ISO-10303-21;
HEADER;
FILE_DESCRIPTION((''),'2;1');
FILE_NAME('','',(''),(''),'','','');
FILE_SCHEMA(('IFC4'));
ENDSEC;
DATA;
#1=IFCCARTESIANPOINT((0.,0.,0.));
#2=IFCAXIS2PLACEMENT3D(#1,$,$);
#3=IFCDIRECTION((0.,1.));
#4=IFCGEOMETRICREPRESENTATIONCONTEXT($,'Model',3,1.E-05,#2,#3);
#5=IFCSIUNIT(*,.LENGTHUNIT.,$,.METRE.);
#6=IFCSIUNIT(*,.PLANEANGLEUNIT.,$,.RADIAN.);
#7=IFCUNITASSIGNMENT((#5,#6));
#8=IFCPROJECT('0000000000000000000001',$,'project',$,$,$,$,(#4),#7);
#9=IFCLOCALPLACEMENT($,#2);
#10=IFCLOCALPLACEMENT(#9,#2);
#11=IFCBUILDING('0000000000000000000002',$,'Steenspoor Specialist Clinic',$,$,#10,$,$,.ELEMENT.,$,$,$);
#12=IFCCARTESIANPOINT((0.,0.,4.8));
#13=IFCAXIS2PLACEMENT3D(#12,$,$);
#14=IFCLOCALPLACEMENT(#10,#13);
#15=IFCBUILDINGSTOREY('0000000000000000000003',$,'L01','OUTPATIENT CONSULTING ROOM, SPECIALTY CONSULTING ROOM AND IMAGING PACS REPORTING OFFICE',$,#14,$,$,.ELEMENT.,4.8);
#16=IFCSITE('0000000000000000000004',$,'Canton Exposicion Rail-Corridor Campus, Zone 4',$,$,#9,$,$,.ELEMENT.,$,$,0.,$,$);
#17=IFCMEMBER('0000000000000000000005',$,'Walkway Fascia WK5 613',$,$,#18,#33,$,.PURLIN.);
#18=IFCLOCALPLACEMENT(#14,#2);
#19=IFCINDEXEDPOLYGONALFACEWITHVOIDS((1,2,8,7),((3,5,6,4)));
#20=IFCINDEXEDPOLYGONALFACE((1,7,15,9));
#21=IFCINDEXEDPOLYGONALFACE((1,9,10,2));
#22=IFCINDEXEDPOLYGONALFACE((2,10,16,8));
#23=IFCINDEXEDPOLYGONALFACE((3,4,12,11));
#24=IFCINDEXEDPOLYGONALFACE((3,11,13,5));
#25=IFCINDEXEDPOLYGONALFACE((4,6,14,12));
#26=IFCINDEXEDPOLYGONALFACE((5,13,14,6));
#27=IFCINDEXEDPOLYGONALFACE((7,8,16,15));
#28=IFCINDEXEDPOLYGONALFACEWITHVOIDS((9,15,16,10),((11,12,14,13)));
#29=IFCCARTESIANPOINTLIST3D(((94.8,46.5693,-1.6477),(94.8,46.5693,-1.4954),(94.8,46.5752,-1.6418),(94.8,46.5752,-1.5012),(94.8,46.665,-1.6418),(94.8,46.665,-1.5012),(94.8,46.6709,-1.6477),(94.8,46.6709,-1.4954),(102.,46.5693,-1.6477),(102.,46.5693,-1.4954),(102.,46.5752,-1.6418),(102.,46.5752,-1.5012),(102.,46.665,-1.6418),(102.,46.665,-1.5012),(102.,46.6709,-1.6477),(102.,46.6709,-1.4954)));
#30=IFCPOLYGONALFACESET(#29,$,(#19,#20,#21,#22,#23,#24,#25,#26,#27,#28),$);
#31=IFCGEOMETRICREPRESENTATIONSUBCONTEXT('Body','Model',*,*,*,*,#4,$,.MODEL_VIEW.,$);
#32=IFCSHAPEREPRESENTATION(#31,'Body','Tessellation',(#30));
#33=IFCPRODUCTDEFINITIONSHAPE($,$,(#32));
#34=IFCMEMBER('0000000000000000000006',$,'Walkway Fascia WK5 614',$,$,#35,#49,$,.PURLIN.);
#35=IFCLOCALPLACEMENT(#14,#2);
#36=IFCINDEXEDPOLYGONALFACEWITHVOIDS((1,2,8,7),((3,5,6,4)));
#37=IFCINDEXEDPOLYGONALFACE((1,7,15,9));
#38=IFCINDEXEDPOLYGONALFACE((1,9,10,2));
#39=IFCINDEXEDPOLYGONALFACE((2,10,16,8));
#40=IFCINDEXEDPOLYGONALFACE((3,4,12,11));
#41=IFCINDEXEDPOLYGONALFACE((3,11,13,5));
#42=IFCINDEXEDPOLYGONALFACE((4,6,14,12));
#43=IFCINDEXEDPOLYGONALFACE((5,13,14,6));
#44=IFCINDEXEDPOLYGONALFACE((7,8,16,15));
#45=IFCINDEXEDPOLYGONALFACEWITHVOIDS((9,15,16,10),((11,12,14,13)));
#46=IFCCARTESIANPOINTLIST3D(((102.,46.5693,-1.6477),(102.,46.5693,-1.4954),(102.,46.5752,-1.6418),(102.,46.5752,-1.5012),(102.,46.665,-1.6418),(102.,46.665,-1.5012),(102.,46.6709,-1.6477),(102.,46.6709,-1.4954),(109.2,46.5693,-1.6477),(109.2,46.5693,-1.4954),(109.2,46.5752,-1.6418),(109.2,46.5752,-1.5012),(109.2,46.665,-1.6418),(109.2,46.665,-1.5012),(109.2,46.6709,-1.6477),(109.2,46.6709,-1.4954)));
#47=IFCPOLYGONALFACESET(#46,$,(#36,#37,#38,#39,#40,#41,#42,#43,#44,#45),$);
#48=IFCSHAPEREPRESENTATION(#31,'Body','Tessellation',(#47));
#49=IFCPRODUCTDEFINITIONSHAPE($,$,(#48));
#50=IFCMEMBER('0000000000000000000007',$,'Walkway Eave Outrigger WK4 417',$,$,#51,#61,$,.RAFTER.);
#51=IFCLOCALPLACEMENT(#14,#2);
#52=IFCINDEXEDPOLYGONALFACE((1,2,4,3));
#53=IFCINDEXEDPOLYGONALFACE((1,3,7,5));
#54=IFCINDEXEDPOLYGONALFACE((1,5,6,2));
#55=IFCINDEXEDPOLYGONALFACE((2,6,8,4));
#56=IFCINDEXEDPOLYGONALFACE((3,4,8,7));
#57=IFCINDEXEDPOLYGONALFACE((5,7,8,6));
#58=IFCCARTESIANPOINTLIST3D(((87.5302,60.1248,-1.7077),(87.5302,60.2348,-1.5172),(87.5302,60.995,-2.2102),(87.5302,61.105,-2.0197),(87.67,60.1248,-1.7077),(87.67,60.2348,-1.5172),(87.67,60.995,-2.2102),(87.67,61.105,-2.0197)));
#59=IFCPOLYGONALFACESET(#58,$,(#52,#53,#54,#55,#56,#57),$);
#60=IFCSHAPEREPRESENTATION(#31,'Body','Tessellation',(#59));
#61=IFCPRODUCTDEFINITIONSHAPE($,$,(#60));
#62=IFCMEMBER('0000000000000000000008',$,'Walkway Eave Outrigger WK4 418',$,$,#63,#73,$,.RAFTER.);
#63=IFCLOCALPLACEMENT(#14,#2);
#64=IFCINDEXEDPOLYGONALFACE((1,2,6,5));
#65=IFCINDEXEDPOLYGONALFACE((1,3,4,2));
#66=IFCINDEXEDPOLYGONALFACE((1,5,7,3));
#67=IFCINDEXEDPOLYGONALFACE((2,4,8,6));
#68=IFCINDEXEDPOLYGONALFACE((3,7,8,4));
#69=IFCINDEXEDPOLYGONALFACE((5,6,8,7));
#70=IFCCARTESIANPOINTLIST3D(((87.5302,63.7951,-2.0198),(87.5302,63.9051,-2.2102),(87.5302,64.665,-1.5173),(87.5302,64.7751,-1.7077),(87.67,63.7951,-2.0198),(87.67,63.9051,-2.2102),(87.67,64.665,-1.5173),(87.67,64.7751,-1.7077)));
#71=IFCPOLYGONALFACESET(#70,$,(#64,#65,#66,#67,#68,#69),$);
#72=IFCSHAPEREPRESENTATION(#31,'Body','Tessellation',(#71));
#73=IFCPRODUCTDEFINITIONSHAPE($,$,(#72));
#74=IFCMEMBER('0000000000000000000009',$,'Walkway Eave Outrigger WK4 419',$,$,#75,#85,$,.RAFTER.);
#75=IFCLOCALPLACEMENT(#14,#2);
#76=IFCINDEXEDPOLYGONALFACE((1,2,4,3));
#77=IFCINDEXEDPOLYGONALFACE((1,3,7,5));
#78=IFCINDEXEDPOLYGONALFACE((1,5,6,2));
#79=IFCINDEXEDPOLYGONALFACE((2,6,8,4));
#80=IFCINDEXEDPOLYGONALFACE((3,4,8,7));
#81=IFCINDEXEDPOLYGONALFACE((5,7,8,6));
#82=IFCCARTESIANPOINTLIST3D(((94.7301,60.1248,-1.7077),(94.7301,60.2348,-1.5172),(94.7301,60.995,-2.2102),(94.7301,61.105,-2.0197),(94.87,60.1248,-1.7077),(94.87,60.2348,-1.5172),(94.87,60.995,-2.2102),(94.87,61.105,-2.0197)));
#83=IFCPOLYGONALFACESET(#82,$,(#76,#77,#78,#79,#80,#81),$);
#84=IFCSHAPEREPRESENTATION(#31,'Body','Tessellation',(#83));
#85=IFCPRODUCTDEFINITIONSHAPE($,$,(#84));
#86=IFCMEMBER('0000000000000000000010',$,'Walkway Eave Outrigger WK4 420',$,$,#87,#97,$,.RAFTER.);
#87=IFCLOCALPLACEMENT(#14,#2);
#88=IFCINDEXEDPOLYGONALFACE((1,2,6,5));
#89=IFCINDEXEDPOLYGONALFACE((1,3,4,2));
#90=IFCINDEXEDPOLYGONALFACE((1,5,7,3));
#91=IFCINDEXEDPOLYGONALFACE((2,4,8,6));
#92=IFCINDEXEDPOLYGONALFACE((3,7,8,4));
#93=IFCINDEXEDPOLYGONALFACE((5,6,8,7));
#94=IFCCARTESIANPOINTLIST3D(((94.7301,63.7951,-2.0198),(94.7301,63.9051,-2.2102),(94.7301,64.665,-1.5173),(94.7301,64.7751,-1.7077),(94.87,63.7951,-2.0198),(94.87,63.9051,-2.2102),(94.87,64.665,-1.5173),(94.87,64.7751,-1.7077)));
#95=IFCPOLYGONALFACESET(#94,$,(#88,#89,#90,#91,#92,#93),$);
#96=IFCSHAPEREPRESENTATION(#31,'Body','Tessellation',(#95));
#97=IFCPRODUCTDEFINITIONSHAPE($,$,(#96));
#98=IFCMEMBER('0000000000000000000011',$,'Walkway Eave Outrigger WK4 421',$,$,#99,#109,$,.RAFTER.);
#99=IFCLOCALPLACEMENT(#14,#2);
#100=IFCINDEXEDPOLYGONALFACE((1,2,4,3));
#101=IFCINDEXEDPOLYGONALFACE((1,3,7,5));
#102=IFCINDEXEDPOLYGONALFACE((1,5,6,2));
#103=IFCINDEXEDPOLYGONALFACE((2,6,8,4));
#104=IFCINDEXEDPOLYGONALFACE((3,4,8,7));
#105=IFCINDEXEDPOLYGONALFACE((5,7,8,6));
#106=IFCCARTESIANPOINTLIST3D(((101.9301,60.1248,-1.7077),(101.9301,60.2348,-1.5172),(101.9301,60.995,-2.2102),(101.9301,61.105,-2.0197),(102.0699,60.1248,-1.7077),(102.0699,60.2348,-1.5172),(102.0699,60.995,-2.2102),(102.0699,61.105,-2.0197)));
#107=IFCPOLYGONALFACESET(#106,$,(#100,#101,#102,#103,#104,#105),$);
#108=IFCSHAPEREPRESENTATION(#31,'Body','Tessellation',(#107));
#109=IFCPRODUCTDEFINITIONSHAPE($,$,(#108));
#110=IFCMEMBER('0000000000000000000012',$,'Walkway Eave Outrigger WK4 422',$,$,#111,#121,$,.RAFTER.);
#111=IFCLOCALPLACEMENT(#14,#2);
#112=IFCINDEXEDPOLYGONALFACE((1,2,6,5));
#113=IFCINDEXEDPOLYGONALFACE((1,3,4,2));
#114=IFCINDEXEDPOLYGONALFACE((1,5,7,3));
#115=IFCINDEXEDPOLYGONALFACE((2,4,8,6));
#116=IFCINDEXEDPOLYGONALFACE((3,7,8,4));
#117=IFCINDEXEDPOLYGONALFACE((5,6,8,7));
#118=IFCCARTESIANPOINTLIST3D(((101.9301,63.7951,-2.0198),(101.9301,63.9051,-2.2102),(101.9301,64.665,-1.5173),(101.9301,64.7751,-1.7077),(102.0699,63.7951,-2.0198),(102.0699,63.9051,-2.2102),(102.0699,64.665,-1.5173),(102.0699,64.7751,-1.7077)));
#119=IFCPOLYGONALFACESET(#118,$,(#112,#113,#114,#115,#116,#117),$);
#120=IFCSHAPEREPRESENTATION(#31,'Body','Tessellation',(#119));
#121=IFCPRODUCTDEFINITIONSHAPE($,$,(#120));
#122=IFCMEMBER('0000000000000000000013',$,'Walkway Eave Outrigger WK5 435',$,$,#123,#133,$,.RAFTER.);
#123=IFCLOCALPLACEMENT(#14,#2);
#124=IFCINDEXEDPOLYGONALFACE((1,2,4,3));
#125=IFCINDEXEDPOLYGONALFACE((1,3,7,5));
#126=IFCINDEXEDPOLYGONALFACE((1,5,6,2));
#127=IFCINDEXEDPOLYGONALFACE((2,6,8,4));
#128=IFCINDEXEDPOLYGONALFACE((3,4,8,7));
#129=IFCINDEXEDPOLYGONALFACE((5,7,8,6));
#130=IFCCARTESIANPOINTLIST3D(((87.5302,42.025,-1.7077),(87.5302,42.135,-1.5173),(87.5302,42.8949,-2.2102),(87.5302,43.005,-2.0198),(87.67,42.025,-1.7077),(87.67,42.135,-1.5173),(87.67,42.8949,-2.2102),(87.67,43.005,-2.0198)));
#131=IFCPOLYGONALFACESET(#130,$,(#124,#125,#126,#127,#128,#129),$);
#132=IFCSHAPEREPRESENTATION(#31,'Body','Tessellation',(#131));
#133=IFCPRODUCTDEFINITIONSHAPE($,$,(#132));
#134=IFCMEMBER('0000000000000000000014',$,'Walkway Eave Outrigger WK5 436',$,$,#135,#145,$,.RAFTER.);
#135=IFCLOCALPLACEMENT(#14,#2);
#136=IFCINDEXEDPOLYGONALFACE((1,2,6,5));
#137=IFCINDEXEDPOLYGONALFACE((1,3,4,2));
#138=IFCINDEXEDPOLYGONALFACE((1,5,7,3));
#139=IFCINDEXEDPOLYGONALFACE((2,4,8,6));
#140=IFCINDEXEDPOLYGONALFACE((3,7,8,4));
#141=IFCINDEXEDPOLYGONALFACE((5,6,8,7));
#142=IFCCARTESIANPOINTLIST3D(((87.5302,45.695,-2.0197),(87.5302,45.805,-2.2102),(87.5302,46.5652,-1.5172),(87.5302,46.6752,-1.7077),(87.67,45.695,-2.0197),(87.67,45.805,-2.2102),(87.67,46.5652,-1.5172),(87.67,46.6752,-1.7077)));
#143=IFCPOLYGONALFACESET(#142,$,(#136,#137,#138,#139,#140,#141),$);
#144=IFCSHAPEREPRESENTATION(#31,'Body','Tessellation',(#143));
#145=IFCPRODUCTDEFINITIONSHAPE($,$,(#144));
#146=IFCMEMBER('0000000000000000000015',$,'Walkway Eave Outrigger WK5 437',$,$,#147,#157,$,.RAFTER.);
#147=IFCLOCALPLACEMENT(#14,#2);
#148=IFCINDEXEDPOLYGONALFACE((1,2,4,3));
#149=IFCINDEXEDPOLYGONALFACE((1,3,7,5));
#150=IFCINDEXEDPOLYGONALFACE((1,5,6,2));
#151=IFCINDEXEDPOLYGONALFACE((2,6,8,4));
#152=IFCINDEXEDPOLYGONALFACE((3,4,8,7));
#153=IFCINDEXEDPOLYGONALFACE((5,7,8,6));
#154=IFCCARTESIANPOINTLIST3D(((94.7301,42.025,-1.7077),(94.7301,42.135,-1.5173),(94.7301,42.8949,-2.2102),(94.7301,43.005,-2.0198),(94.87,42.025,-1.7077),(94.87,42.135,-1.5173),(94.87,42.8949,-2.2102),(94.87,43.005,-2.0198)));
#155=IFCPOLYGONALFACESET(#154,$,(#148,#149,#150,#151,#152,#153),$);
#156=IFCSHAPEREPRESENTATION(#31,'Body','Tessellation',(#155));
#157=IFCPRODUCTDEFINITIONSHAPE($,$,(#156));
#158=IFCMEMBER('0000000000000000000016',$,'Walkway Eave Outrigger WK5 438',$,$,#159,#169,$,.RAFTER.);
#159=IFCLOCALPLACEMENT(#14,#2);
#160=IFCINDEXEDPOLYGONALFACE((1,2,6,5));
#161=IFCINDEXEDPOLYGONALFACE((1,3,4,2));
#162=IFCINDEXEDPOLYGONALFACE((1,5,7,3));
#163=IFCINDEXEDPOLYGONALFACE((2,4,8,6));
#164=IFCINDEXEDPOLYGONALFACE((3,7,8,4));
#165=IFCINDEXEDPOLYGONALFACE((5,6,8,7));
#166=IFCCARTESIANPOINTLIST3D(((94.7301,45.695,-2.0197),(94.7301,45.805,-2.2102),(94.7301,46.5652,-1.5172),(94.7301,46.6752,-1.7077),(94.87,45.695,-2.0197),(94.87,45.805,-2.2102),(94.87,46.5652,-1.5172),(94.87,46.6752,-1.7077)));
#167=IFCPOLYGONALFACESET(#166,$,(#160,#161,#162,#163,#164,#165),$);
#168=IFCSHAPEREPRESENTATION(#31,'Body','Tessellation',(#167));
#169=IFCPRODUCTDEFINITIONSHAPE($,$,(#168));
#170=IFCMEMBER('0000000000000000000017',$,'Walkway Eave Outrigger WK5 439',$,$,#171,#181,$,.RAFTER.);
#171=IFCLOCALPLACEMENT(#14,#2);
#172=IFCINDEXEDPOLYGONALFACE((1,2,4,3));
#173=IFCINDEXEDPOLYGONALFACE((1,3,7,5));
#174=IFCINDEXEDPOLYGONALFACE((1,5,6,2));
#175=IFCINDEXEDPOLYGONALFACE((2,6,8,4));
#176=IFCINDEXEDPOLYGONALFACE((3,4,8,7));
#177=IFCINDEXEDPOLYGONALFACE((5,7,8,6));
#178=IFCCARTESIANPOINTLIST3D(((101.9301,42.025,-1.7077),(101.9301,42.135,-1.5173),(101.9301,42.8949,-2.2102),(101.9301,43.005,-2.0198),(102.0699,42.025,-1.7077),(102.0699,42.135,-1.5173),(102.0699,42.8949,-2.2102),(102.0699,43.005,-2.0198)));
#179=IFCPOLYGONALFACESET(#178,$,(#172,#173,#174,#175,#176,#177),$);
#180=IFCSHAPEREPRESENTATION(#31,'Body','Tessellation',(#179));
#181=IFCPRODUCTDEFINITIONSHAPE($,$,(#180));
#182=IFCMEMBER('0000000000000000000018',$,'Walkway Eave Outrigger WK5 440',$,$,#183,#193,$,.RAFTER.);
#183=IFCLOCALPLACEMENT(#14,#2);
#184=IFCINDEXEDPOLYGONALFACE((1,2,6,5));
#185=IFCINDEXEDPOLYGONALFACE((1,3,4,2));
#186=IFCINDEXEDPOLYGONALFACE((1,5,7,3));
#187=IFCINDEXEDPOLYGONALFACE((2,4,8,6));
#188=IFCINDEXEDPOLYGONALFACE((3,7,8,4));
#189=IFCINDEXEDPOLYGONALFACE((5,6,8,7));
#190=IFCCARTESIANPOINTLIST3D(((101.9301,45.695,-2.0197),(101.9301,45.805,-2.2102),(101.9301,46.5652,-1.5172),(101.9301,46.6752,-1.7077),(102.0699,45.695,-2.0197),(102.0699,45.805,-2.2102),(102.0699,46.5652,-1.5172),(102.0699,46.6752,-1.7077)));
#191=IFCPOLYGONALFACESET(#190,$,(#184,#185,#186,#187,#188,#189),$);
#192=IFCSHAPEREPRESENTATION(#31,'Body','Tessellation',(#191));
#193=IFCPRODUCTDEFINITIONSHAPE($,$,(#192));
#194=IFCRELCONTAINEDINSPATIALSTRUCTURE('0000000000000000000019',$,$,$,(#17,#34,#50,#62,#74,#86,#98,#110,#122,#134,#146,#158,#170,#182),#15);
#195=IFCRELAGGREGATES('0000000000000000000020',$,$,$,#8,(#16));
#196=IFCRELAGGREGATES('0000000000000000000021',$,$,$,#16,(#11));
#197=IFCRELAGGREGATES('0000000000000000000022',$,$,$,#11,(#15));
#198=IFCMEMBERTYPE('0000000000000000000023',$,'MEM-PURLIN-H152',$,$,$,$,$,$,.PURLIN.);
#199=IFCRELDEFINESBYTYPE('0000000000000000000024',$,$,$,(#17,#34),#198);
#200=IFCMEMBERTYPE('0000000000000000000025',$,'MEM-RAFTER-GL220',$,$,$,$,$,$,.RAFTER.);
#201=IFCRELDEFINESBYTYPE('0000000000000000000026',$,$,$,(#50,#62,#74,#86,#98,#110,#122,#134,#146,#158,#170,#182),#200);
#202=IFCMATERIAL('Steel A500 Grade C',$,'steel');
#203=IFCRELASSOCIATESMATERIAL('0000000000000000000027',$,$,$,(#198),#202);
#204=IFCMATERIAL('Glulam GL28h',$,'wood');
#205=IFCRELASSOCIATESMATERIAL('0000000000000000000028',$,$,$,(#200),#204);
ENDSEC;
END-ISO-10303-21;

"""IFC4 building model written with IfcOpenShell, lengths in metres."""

from ifc_helpers import new_model, si_unit, direction, frame, origin, origin_2d, place, context, subcontext, project, spatial, rectangle, hollow_rectangle, extrude, material, material_profile, profile_set, type_object, element, save


model = new_model("IFC4")

# Units and contexts
model_context = context("Model", 3, precision=1e-05, world=origin(), true_north=direction((0.0, 1.0)))
body_context = subcontext(model_context, "Body", "Model", "MODEL_VIEW")
ifc_project = project(units=[si_unit("LENGTHUNIT", "METRE"), si_unit("PLANEANGLEUNIT", "RADIAN")], contexts=[model_context])

# Site, building, storey
site_placement = place(None, origin())
site = spatial("IfcSite", under=ifc_project, at=site_placement, Name="Canton Exposicion Rail-Corridor Campus, Zone 4", CompositionType="ELEMENT", RefElevation=0.0)
building_placement = place(site_placement, origin())
building = spatial("IfcBuilding", under=site, at=building_placement, Name="Steenspoor Specialist Clinic", CompositionType="ELEMENT")
storey_placement = place(building_placement, frame((0.0, 0.0, 4.8)))
storey = spatial("IfcBuildingStorey", under=building, at=storey_placement, Name="L01", Description="OUTPATIENT CONSULTING ROOM, SPECIALTY CONSULTING ROOM AND IMAGING PACS REPORTING OFFICE", CompositionType="ELEMENT", Elevation=4.8)

# Members
ifc_material_1 = material(Name="Steel A500 Grade C", Category="steel")
ifc_material_profile_1 = material_profile(ifc_material_1, hollow_rectangle(XDim=0.1016, YDim=0.1523, WallThickness=0.0059, at=origin_2d()), Name="HSS152X102X6.4")
ifc_profile_set_1 = profile_set([ifc_material_profile_1], Name="Steel A500 Grade C")
member_type_1 = type_object("IfcMemberType", Name="MEM-PURLIN-H152", PredefinedType="PURLIN", material=ifc_profile_set_1)
for number, where, z_axis, x_axis, name in (
    (1, (94.8, 46.6201, -1.5715), (1.0, 0.0, 0.0), (0.0, 1.0, 0.0), "Walkway Fascia WK5 613"),
    (2, (102.0, 46.6201, -1.5715), (1.0, 0.0, 0.0), (0.0, 1.0, 0.0), "Walkway Fascia WK5 614"),
):
    element("IfcMember", number, at=place(storey_placement, frame(where, z_axis=z_axis, x_axis=x_axis)), inside=storey, type_object=member_type_1, Name=name, PredefinedType="PURLIN", context=body_context, shape_type="SweptSolid", body=[
        extrude(hollow_rectangle(XDim=0.1016, YDim=0.1523, WallThickness=0.0059, at=origin_2d()), origin(), (0.0, 0.0, 1.0), 7.2),
    ])
ifc_material_2 = material(Name="Glulam GL28h", Category="wood")
ifc_material_profile_2 = material_profile(ifc_material_2, rectangle(XDim=0.1399, YDim=0.22, at=origin_2d()), Name="GL28H-140X220")
ifc_profile_set_2 = profile_set([ifc_material_profile_2], Name="Glulam GL28h")
member_type_2 = type_object("IfcMemberType", Name="MEM-RAFTER-GL220", PredefinedType="RAFTER", material=ifc_profile_set_2)
member_1_placement = place(storey_placement, frame((87.6001, 61.05, -2.115), z_axis=(0.0, -0.865991, 0.500059), x_axis=(1.0, 0.0, 0.0)))
element("IfcMember", 3, at=member_1_placement, inside=storey, type_object=member_type_2, Name="Walkway Eave Outrigger WK4 417", PredefinedType="RAFTER", context=body_context, shape_type="SweptSolid", body=[
    extrude(rectangle(XDim=0.1399, YDim=0.22, at=origin_2d()), origin(), (0.0, 0.0, 1.0), 1.0049),
])
member_2_placement = place(storey_placement, frame((87.6001, 63.8501, -2.115), z_axis=(0.0, 0.865931, 0.500164), x_axis=(-1.0, 0.0, 0.0)))
element("IfcMember", 4, at=member_2_placement, inside=storey, type_object=member_type_2, Name="Walkway Eave Outrigger WK4 418", PredefinedType="RAFTER", context=body_context, shape_type="SweptSolid", body=[
    extrude(rectangle(XDim=0.1399, YDim=0.22, at=origin_2d()), origin(), (0.0, 0.0, 1.0), 1.0046),
])
member_3_placement = place(storey_placement, frame((94.8, 61.05, -2.115), z_axis=(0.0, -0.865991, 0.500059), x_axis=(1.0, 0.0, 0.0)))
element("IfcMember", 5, at=member_3_placement, inside=storey, type_object=member_type_2, Name="Walkway Eave Outrigger WK4 419", PredefinedType="RAFTER", context=body_context, shape_type="SweptSolid", body=[
    extrude(rectangle(XDim=0.1399, YDim=0.22, at=origin_2d()), origin(), (0.0, 0.0, 1.0), 1.0049),
])
member_4_placement = place(storey_placement, frame((94.8, 63.8501, -2.115), z_axis=(0.0, 0.865931, 0.500164), x_axis=(-1.0, 0.0, 0.0)))
element("IfcMember", 6, at=member_4_placement, inside=storey, type_object=member_type_2, Name="Walkway Eave Outrigger WK4 420", PredefinedType="RAFTER", context=body_context, shape_type="SweptSolid", body=[
    extrude(rectangle(XDim=0.1399, YDim=0.22, at=origin_2d()), origin(), (0.0, 0.0, 1.0), 1.0046),
])
member_5_placement = place(storey_placement, frame((102.0, 61.05, -2.115), z_axis=(0.0, -0.865991, 0.500059), x_axis=(1.0, 0.0, 0.0)))
element("IfcMember", 7, at=member_5_placement, inside=storey, type_object=member_type_2, Name="Walkway Eave Outrigger WK4 421", PredefinedType="RAFTER", context=body_context, shape_type="SweptSolid", body=[
    extrude(rectangle(XDim=0.1399, YDim=0.22, at=origin_2d()), origin(), (0.0, 0.0, 1.0), 1.0049),
])
for number, where, z_axis, x_axis, name in (
    (8, (102.0, 63.8501, -2.115), (0.0, 0.865931, 0.500164), (-1.0, 0.0, 0.0), "Walkway Eave Outrigger WK4 422"),
    (9, (87.6001, 42.95, -2.115), (0.0, -0.865931, 0.500164), (1.0, 0.0, 0.0), "Walkway Eave Outrigger WK5 435"),
):
    element("IfcMember", number, at=place(storey_placement, frame(where, z_axis=z_axis, x_axis=x_axis)), inside=storey, type_object=member_type_2, Name=name, PredefinedType="RAFTER", context=body_context, shape_type="SweptSolid", body=[
        extrude(rectangle(XDim=0.1399, YDim=0.22, at=origin_2d()), origin(), (0.0, 0.0, 1.0), 1.0046),
    ])
member_6_placement = place(storey_placement, frame((87.6001, 45.75, -2.115), z_axis=(0.0, 0.865991, 0.500059), x_axis=(-1.0, 0.0, 0.0)))
element("IfcMember", 10, at=member_6_placement, inside=storey, type_object=member_type_2, Name="Walkway Eave Outrigger WK5 436", PredefinedType="RAFTER", context=body_context, shape_type="SweptSolid", body=[
    extrude(rectangle(XDim=0.1399, YDim=0.22, at=origin_2d()), origin(), (0.0, 0.0, 1.0), 1.0049),
])
member_7_placement = place(storey_placement, frame((94.8, 42.95, -2.115), z_axis=(0.0, -0.865931, 0.500164), x_axis=(1.0, 0.0, 0.0)))
element("IfcMember", 11, at=member_7_placement, inside=storey, type_object=member_type_2, Name="Walkway Eave Outrigger WK5 437", PredefinedType="RAFTER", context=body_context, shape_type="SweptSolid", body=[
    extrude(rectangle(XDim=0.1399, YDim=0.22, at=origin_2d()), origin(), (0.0, 0.0, 1.0), 1.0046),
])
member_8_placement = place(storey_placement, frame((94.8, 45.75, -2.115), z_axis=(0.0, 0.865991, 0.500059), x_axis=(-1.0, 0.0, 0.0)))
element("IfcMember", 12, at=member_8_placement, inside=storey, type_object=member_type_2, Name="Walkway Eave Outrigger WK5 438", PredefinedType="RAFTER", context=body_context, shape_type="SweptSolid", body=[
    extrude(rectangle(XDim=0.1399, YDim=0.22, at=origin_2d()), origin(), (0.0, 0.0, 1.0), 1.0049),
])
member_9_placement = place(storey_placement, frame((102.0, 42.95, -2.115), z_axis=(0.0, -0.865931, 0.500164), x_axis=(1.0, 0.0, 0.0)))
element("IfcMember", 13, at=member_9_placement, inside=storey, type_object=member_type_2, Name="Walkway Eave Outrigger WK5 439", PredefinedType="RAFTER", context=body_context, shape_type="SweptSolid", body=[
    extrude(rectangle(XDim=0.1399, YDim=0.22, at=origin_2d()), origin(), (0.0, 0.0, 1.0), 1.0046),
])
member_10_placement = place(storey_placement, frame((102.0, 45.75, -2.115), z_axis=(0.0, 0.865991, 0.500059), x_axis=(-1.0, 0.0, 0.0)))
element("IfcMember", 14, at=member_10_placement, inside=storey, type_object=member_type_2, Name="Walkway Eave Outrigger WK5 440", PredefinedType="RAFTER", context=body_context, shape_type="SweptSolid", body=[
    extrude(rectangle(XDim=0.1399, YDim=0.22, at=origin_2d()), origin(), (0.0, 0.0, 1.0), 1.0049),
])

save(model, "model.ifc")
